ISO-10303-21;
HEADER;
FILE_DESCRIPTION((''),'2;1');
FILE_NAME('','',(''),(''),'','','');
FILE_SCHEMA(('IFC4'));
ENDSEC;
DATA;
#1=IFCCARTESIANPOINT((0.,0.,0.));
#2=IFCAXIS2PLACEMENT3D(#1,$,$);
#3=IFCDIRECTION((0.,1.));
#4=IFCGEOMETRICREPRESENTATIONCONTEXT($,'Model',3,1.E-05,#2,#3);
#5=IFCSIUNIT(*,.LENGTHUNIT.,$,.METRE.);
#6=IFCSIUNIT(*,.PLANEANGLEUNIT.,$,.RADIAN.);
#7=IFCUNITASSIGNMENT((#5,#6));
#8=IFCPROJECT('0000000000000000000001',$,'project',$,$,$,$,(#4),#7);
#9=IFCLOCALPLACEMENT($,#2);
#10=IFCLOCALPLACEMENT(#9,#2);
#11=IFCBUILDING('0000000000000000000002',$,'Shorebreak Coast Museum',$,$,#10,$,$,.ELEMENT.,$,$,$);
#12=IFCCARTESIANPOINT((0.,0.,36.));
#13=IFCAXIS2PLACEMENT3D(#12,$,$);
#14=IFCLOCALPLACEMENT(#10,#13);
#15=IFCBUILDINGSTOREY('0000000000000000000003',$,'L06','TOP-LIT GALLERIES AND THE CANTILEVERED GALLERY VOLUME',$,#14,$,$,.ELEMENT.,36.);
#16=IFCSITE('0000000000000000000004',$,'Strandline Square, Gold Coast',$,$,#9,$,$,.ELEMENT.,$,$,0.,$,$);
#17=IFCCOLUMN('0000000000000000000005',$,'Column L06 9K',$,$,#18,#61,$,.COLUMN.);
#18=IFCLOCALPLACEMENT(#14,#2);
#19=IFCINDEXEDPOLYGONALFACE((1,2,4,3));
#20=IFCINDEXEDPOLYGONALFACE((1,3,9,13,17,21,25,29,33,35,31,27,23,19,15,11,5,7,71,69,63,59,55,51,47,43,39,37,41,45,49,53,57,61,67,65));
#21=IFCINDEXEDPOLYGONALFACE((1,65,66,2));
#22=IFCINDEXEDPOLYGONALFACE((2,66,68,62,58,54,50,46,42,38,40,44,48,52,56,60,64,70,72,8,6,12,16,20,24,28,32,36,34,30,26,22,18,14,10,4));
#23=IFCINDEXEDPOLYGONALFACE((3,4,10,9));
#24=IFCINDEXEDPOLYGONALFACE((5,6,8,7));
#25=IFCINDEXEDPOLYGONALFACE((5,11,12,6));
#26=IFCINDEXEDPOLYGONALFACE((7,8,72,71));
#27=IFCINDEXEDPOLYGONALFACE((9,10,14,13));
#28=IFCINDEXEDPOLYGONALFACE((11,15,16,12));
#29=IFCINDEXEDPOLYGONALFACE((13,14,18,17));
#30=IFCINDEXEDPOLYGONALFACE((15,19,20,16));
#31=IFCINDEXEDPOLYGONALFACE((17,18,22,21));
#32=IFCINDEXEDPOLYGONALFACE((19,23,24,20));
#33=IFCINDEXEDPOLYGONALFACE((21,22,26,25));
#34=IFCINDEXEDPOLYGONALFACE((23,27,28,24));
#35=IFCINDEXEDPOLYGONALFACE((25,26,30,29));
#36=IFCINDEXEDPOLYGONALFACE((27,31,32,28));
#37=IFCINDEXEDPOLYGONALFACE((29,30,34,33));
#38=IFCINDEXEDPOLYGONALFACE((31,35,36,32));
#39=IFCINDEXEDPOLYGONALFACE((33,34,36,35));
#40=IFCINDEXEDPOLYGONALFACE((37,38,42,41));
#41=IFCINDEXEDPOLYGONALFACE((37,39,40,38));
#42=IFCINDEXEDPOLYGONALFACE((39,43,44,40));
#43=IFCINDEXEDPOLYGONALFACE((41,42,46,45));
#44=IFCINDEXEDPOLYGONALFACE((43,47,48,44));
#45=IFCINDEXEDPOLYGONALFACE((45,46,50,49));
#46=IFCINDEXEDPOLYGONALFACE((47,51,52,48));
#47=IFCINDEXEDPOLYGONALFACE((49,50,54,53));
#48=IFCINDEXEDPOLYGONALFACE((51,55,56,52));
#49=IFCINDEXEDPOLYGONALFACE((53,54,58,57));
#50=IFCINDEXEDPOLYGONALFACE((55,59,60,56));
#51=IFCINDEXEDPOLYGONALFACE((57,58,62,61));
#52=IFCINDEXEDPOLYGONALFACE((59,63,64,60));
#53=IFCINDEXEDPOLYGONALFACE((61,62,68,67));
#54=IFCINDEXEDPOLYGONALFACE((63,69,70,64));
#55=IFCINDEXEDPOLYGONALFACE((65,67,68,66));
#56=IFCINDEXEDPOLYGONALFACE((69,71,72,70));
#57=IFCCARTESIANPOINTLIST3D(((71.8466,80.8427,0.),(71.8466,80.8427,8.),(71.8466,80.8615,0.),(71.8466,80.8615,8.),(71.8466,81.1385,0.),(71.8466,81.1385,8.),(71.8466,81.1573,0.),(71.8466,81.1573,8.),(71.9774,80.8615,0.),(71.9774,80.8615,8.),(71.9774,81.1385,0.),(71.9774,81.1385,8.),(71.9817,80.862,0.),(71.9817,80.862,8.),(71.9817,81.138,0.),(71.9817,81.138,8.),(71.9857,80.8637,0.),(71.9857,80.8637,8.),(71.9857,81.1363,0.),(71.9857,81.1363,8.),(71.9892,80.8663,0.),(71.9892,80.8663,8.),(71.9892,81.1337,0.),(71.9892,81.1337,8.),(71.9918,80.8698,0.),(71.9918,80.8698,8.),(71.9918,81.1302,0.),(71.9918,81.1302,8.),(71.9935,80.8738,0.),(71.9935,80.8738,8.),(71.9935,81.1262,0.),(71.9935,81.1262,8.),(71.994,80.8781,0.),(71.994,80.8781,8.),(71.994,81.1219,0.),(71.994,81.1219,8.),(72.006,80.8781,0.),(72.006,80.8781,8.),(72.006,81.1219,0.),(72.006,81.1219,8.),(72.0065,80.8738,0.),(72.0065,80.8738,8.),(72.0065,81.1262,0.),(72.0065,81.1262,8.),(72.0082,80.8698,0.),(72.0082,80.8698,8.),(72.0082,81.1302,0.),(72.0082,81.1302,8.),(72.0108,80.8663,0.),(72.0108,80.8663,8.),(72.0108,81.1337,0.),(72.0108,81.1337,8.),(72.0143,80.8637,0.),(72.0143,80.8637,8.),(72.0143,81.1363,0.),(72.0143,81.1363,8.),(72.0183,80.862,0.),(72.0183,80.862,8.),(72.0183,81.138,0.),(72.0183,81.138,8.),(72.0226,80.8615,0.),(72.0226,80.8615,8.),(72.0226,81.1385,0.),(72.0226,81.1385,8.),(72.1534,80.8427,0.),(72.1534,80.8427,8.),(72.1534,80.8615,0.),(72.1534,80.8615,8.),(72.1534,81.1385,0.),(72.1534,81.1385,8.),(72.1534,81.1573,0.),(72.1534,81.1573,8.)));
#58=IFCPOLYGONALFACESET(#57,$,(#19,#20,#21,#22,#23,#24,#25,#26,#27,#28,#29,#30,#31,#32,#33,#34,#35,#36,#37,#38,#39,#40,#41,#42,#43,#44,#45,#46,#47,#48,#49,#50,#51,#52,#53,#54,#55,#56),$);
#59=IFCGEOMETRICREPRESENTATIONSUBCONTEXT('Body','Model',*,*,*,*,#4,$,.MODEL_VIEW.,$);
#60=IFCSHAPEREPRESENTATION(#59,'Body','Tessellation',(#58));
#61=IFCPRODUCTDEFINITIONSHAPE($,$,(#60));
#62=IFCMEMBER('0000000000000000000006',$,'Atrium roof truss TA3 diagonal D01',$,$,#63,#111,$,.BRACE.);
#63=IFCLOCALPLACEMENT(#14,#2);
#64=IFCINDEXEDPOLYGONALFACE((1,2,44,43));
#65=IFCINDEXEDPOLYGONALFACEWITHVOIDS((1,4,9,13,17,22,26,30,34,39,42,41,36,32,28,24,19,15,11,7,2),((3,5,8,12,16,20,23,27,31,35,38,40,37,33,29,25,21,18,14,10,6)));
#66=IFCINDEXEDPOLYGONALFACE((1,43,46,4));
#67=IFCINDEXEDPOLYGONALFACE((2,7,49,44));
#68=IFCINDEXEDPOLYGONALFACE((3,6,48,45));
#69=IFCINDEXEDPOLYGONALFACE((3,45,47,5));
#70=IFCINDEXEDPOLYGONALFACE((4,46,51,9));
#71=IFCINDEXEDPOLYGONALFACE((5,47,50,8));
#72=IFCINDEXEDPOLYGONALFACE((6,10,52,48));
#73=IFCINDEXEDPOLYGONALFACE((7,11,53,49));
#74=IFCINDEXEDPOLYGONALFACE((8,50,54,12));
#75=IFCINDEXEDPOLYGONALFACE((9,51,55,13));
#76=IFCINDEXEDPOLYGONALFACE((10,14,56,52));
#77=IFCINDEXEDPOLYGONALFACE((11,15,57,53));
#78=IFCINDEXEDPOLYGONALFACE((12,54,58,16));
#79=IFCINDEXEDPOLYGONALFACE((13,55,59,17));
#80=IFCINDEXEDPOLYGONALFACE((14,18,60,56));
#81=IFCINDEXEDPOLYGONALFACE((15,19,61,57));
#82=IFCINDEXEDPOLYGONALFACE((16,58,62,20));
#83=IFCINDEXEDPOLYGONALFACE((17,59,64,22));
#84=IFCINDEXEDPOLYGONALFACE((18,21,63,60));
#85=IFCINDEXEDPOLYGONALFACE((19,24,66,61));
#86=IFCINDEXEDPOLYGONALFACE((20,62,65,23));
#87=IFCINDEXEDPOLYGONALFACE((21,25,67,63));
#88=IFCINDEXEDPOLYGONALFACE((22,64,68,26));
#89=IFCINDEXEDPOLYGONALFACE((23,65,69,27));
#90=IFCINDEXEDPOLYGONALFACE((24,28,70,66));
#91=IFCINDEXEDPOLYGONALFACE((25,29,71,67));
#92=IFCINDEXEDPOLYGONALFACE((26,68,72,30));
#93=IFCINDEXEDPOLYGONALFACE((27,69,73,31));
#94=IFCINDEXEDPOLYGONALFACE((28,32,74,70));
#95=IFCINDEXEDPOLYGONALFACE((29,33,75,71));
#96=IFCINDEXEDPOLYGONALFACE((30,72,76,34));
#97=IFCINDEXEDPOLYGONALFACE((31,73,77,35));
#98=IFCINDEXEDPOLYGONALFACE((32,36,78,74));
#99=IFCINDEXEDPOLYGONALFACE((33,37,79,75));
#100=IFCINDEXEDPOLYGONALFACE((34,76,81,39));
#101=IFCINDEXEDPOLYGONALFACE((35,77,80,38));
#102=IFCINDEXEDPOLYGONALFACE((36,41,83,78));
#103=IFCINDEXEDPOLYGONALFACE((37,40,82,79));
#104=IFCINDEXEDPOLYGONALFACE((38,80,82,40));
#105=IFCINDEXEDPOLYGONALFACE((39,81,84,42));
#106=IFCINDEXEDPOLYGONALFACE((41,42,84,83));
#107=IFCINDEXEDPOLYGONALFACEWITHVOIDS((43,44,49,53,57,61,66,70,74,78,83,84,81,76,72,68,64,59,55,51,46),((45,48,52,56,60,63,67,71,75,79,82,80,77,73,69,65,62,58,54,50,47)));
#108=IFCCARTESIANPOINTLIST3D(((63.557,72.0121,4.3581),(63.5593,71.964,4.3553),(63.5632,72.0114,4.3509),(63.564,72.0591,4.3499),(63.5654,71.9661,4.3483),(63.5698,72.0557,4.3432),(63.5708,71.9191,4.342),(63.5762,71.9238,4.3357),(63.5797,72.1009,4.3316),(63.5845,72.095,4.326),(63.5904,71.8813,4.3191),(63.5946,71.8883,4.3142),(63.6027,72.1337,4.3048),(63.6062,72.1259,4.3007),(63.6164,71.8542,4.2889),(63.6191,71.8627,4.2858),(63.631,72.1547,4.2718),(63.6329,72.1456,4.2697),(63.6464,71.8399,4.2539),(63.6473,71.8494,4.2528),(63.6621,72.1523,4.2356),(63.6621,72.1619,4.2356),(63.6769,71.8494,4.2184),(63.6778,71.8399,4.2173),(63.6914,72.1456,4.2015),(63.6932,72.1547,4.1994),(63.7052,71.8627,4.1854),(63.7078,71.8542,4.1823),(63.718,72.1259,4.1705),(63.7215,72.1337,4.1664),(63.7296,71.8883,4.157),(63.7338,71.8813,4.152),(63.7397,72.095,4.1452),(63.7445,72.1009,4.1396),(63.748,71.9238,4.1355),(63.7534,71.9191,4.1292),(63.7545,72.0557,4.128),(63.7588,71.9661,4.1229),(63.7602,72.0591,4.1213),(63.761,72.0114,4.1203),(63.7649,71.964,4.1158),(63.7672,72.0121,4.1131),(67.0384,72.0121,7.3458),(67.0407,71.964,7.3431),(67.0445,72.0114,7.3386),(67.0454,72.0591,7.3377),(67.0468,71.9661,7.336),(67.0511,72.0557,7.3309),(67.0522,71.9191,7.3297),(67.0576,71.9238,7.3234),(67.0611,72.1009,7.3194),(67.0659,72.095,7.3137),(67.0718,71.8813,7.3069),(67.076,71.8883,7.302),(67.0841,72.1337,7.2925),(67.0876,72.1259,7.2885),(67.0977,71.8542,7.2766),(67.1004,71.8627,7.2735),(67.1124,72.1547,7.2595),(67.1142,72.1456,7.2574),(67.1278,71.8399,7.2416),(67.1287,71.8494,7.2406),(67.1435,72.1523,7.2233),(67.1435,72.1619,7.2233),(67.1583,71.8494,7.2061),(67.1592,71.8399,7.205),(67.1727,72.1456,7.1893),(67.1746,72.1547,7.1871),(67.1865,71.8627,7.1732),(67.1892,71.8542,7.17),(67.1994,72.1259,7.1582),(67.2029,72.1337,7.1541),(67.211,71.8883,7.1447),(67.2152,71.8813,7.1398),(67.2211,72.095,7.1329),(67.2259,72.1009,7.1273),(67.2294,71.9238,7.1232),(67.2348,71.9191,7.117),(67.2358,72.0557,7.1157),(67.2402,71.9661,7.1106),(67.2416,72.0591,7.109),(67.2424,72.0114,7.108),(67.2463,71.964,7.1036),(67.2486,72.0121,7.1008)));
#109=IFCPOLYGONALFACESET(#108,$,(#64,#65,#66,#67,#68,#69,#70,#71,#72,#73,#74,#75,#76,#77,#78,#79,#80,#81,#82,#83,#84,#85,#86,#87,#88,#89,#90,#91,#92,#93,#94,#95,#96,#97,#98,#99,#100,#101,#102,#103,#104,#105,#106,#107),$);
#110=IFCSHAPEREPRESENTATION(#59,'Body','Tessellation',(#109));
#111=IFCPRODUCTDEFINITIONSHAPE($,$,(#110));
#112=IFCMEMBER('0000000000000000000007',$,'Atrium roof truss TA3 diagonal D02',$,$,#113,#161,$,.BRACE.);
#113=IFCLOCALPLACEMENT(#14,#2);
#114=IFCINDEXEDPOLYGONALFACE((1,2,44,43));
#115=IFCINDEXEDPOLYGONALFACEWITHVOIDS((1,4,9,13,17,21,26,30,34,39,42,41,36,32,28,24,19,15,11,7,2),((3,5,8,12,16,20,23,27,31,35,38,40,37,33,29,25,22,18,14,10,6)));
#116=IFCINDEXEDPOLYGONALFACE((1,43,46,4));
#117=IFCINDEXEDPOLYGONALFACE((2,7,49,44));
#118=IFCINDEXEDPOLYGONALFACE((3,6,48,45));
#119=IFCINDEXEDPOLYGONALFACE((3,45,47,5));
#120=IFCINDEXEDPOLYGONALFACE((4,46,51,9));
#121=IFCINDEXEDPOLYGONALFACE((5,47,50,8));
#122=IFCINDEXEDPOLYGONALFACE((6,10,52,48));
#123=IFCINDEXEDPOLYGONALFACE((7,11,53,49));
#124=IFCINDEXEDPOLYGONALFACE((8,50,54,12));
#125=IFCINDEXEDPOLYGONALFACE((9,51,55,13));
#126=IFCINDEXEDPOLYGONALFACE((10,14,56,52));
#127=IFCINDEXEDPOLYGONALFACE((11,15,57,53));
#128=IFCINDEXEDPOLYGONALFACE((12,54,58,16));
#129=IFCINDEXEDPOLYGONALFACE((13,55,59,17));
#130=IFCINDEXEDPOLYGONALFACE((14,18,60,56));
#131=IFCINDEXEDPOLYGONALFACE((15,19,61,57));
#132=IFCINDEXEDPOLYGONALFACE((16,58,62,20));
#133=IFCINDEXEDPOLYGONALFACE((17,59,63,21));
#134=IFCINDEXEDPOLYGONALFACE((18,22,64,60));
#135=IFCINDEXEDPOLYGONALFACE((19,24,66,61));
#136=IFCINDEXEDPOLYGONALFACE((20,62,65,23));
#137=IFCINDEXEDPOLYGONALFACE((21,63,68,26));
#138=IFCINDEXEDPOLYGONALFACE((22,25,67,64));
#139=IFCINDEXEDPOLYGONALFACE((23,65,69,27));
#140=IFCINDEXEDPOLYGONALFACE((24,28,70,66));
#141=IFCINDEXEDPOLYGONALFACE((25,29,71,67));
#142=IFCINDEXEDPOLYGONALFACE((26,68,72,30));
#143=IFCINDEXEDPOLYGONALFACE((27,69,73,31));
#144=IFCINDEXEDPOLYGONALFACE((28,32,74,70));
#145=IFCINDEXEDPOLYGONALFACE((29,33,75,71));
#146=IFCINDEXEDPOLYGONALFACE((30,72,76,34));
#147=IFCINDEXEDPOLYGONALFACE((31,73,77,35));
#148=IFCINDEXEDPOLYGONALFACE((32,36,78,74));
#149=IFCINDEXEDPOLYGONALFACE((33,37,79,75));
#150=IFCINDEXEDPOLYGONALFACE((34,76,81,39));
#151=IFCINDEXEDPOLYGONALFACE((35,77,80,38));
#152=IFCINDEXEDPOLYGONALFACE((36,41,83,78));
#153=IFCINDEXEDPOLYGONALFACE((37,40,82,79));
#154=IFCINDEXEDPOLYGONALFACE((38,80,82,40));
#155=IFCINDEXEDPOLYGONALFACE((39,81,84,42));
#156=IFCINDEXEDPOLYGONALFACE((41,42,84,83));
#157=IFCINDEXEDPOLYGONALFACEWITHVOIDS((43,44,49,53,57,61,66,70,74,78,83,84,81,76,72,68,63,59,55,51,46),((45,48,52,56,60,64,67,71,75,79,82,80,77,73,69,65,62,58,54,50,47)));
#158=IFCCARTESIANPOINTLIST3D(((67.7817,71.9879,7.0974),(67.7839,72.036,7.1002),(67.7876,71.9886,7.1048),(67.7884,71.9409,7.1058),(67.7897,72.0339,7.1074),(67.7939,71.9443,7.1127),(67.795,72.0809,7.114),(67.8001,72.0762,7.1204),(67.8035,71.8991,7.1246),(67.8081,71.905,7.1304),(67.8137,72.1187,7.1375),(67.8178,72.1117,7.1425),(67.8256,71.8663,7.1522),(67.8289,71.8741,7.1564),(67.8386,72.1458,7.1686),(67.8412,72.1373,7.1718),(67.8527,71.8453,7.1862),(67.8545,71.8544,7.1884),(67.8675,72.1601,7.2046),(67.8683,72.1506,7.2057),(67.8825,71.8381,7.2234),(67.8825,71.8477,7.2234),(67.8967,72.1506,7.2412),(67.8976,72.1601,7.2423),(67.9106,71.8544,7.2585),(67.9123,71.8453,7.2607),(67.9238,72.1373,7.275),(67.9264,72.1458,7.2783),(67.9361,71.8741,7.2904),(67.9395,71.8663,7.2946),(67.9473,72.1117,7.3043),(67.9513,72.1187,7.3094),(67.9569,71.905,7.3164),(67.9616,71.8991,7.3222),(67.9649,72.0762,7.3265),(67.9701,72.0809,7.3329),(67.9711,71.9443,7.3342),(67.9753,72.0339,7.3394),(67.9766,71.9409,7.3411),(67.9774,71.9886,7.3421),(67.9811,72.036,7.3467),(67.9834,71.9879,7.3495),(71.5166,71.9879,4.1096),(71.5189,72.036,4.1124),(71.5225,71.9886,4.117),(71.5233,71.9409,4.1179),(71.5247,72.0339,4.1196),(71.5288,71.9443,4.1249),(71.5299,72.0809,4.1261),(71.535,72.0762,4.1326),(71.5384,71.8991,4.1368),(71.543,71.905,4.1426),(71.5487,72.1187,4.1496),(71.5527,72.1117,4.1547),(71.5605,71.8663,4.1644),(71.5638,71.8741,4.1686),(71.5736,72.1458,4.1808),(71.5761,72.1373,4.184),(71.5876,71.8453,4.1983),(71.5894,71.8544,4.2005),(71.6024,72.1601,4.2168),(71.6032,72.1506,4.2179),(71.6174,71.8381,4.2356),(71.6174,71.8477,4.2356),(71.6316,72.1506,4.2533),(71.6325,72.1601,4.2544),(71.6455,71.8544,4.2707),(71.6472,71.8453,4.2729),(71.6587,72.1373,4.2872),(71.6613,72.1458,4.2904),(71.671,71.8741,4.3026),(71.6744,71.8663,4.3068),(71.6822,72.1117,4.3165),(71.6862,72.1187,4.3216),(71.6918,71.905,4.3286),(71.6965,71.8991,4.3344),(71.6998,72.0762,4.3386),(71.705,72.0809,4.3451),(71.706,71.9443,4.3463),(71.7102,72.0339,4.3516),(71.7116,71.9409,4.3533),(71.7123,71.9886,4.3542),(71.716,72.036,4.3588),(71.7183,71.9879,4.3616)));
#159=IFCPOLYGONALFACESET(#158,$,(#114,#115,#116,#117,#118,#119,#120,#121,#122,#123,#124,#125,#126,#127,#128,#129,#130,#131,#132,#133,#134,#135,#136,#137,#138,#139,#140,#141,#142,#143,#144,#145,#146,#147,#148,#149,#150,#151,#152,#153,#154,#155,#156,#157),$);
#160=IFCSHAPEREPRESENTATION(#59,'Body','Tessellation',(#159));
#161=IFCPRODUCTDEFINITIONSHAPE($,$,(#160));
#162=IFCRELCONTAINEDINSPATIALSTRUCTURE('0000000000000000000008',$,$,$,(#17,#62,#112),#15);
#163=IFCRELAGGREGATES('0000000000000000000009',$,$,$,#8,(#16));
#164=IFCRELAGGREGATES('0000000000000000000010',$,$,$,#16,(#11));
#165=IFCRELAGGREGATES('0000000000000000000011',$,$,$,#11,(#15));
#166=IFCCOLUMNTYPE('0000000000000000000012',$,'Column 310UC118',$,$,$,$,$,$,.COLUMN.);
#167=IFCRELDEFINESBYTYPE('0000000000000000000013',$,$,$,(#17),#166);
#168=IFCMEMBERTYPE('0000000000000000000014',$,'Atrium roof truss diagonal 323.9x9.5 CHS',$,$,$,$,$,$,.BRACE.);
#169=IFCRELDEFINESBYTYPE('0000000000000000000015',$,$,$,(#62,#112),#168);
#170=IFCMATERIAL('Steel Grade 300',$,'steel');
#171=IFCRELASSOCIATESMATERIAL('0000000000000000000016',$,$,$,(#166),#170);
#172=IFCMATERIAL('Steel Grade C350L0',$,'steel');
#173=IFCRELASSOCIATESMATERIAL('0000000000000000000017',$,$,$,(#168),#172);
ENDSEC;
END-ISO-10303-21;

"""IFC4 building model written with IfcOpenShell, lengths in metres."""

from ifc_helpers import new_model, si_unit, direction, frame, origin, origin_2d, place, context, subcontext, project, spatial, hollow_circle, i_section, extrude, material, material_profile, profile_set, type_object, element, save


model = new_model("IFC4")

# Units and contexts
model_context = context("Model", 3, precision=1e-05, world=origin(), true_north=direction((0.0, 1.0)))
body_context = subcontext(model_context, "Body", "Model", "MODEL_VIEW")
ifc_project = project(units=[si_unit("LENGTHUNIT", "METRE"), si_unit("PLANEANGLEUNIT", "RADIAN")], contexts=[model_context])

# Site, building, storey
site_placement = place(None, origin())
site = spatial("IfcSite", under=ifc_project, at=site_placement, Name="Strandline Square, Gold Coast", CompositionType="ELEMENT", RefElevation=0.0)
building_placement = place(site_placement, origin())
building = spatial("IfcBuilding", under=site, at=building_placement, Name="Shorebreak Coast Museum", CompositionType="ELEMENT")
storey_placement = place(building_placement, frame((0.0, 0.0, 36.0)))
storey = spatial("IfcBuildingStorey", under=building, at=storey_placement, Name="L06", Description="TOP-LIT GALLERIES AND THE CANTILEVERED GALLERY VOLUME", CompositionType="ELEMENT", Elevation=36.0)

# Column
ifc_material_1 = material(Name="Steel Grade 300", Category="steel")
ifc_material_profile_1 = material_profile(ifc_material_1, i_section(OverallWidth=0.3069, OverallDepth=0.3147, WebThickness=0.012, FlangeThickness=0.0188, FilletRadius=0.0166, at=origin_2d()), Name="310UC118")
ifc_profile_set_1 = profile_set([ifc_material_profile_1], Name="Steel Grade 300")
column_type = type_object("IfcColumnType", Name="Column 310UC118", PredefinedType="COLUMN", material=ifc_profile_set_1)
column_placement = place(storey_placement, frame((72.0, 81.0, 0.0), z_axis=(0.0, 0.0, 1.0), x_axis=(1.0, 0.0, 0.0)))
element("IfcColumn", 1, at=column_placement, inside=storey, type_object=column_type, Name="Column L06 9K", PredefinedType="COLUMN", context=body_context, shape_type="SweptSolid", body=[
    extrude(i_section(OverallWidth=0.3069, OverallDepth=0.3147, WebThickness=0.012, FlangeThickness=0.0188, FilletRadius=0.0166, at=origin_2d()), origin(), (0.0, 0.0, 1.0), 8.0),
])

# Members
ifc_material_2 = material(Name="Steel Grade C350L0", Category="steel")
ifc_material_profile_2 = material_profile(ifc_material_2, hollow_circle(Radius=0.1619, WallThickness=0.0095, at=origin_2d()), Name="323.9x9.5 CHS")
ifc_profile_set_2 = profile_set([ifc_material_profile_2], Name="Steel Grade C350L0")
member_type_1 = type_object("IfcMemberType", Name="Atrium roof truss diagonal 323.9x9.5 CHS", PredefinedType="BRACE", material=ifc_profile_set_2)
member_1_placement = place(storey_placement, frame((63.6621, 72.0, 4.2356), z_axis=(0.758858, 0.0, 0.651256), x_axis=(0.0, 1.0, 0.0)))
element("IfcMember", 2, at=member_1_placement, inside=storey, type_object=member_type_1, Name="Atrium roof truss TA3 diagonal D01", PredefinedType="BRACE", context=body_context, shape_type="SweptSolid", body=[
    extrude(hollow_circle(Radius=0.1619, WallThickness=0.0095, at=origin_2d()), origin(), (0.0, 0.0, 1.0), 4.5876),
])
member_2_placement = place(storey_placement, frame((71.6174, 72.0, 4.2356), z_axis=(-0.780879, 0.0, 0.624683), x_axis=(0.0, -1.0, 0.0)))
element("IfcMember", 3, at=member_2_placement, inside=storey, type_object=member_type_1, Name="Atrium roof truss TA3 diagonal D02", PredefinedType="BRACE", context=body_context, shape_type="SweptSolid", body=[
    extrude(hollow_circle(Radius=0.1619, WallThickness=0.0095, at=origin_2d()), origin(), (0.0, 0.0, 1.0), 4.783),
])

save(model, "model.ifc")
